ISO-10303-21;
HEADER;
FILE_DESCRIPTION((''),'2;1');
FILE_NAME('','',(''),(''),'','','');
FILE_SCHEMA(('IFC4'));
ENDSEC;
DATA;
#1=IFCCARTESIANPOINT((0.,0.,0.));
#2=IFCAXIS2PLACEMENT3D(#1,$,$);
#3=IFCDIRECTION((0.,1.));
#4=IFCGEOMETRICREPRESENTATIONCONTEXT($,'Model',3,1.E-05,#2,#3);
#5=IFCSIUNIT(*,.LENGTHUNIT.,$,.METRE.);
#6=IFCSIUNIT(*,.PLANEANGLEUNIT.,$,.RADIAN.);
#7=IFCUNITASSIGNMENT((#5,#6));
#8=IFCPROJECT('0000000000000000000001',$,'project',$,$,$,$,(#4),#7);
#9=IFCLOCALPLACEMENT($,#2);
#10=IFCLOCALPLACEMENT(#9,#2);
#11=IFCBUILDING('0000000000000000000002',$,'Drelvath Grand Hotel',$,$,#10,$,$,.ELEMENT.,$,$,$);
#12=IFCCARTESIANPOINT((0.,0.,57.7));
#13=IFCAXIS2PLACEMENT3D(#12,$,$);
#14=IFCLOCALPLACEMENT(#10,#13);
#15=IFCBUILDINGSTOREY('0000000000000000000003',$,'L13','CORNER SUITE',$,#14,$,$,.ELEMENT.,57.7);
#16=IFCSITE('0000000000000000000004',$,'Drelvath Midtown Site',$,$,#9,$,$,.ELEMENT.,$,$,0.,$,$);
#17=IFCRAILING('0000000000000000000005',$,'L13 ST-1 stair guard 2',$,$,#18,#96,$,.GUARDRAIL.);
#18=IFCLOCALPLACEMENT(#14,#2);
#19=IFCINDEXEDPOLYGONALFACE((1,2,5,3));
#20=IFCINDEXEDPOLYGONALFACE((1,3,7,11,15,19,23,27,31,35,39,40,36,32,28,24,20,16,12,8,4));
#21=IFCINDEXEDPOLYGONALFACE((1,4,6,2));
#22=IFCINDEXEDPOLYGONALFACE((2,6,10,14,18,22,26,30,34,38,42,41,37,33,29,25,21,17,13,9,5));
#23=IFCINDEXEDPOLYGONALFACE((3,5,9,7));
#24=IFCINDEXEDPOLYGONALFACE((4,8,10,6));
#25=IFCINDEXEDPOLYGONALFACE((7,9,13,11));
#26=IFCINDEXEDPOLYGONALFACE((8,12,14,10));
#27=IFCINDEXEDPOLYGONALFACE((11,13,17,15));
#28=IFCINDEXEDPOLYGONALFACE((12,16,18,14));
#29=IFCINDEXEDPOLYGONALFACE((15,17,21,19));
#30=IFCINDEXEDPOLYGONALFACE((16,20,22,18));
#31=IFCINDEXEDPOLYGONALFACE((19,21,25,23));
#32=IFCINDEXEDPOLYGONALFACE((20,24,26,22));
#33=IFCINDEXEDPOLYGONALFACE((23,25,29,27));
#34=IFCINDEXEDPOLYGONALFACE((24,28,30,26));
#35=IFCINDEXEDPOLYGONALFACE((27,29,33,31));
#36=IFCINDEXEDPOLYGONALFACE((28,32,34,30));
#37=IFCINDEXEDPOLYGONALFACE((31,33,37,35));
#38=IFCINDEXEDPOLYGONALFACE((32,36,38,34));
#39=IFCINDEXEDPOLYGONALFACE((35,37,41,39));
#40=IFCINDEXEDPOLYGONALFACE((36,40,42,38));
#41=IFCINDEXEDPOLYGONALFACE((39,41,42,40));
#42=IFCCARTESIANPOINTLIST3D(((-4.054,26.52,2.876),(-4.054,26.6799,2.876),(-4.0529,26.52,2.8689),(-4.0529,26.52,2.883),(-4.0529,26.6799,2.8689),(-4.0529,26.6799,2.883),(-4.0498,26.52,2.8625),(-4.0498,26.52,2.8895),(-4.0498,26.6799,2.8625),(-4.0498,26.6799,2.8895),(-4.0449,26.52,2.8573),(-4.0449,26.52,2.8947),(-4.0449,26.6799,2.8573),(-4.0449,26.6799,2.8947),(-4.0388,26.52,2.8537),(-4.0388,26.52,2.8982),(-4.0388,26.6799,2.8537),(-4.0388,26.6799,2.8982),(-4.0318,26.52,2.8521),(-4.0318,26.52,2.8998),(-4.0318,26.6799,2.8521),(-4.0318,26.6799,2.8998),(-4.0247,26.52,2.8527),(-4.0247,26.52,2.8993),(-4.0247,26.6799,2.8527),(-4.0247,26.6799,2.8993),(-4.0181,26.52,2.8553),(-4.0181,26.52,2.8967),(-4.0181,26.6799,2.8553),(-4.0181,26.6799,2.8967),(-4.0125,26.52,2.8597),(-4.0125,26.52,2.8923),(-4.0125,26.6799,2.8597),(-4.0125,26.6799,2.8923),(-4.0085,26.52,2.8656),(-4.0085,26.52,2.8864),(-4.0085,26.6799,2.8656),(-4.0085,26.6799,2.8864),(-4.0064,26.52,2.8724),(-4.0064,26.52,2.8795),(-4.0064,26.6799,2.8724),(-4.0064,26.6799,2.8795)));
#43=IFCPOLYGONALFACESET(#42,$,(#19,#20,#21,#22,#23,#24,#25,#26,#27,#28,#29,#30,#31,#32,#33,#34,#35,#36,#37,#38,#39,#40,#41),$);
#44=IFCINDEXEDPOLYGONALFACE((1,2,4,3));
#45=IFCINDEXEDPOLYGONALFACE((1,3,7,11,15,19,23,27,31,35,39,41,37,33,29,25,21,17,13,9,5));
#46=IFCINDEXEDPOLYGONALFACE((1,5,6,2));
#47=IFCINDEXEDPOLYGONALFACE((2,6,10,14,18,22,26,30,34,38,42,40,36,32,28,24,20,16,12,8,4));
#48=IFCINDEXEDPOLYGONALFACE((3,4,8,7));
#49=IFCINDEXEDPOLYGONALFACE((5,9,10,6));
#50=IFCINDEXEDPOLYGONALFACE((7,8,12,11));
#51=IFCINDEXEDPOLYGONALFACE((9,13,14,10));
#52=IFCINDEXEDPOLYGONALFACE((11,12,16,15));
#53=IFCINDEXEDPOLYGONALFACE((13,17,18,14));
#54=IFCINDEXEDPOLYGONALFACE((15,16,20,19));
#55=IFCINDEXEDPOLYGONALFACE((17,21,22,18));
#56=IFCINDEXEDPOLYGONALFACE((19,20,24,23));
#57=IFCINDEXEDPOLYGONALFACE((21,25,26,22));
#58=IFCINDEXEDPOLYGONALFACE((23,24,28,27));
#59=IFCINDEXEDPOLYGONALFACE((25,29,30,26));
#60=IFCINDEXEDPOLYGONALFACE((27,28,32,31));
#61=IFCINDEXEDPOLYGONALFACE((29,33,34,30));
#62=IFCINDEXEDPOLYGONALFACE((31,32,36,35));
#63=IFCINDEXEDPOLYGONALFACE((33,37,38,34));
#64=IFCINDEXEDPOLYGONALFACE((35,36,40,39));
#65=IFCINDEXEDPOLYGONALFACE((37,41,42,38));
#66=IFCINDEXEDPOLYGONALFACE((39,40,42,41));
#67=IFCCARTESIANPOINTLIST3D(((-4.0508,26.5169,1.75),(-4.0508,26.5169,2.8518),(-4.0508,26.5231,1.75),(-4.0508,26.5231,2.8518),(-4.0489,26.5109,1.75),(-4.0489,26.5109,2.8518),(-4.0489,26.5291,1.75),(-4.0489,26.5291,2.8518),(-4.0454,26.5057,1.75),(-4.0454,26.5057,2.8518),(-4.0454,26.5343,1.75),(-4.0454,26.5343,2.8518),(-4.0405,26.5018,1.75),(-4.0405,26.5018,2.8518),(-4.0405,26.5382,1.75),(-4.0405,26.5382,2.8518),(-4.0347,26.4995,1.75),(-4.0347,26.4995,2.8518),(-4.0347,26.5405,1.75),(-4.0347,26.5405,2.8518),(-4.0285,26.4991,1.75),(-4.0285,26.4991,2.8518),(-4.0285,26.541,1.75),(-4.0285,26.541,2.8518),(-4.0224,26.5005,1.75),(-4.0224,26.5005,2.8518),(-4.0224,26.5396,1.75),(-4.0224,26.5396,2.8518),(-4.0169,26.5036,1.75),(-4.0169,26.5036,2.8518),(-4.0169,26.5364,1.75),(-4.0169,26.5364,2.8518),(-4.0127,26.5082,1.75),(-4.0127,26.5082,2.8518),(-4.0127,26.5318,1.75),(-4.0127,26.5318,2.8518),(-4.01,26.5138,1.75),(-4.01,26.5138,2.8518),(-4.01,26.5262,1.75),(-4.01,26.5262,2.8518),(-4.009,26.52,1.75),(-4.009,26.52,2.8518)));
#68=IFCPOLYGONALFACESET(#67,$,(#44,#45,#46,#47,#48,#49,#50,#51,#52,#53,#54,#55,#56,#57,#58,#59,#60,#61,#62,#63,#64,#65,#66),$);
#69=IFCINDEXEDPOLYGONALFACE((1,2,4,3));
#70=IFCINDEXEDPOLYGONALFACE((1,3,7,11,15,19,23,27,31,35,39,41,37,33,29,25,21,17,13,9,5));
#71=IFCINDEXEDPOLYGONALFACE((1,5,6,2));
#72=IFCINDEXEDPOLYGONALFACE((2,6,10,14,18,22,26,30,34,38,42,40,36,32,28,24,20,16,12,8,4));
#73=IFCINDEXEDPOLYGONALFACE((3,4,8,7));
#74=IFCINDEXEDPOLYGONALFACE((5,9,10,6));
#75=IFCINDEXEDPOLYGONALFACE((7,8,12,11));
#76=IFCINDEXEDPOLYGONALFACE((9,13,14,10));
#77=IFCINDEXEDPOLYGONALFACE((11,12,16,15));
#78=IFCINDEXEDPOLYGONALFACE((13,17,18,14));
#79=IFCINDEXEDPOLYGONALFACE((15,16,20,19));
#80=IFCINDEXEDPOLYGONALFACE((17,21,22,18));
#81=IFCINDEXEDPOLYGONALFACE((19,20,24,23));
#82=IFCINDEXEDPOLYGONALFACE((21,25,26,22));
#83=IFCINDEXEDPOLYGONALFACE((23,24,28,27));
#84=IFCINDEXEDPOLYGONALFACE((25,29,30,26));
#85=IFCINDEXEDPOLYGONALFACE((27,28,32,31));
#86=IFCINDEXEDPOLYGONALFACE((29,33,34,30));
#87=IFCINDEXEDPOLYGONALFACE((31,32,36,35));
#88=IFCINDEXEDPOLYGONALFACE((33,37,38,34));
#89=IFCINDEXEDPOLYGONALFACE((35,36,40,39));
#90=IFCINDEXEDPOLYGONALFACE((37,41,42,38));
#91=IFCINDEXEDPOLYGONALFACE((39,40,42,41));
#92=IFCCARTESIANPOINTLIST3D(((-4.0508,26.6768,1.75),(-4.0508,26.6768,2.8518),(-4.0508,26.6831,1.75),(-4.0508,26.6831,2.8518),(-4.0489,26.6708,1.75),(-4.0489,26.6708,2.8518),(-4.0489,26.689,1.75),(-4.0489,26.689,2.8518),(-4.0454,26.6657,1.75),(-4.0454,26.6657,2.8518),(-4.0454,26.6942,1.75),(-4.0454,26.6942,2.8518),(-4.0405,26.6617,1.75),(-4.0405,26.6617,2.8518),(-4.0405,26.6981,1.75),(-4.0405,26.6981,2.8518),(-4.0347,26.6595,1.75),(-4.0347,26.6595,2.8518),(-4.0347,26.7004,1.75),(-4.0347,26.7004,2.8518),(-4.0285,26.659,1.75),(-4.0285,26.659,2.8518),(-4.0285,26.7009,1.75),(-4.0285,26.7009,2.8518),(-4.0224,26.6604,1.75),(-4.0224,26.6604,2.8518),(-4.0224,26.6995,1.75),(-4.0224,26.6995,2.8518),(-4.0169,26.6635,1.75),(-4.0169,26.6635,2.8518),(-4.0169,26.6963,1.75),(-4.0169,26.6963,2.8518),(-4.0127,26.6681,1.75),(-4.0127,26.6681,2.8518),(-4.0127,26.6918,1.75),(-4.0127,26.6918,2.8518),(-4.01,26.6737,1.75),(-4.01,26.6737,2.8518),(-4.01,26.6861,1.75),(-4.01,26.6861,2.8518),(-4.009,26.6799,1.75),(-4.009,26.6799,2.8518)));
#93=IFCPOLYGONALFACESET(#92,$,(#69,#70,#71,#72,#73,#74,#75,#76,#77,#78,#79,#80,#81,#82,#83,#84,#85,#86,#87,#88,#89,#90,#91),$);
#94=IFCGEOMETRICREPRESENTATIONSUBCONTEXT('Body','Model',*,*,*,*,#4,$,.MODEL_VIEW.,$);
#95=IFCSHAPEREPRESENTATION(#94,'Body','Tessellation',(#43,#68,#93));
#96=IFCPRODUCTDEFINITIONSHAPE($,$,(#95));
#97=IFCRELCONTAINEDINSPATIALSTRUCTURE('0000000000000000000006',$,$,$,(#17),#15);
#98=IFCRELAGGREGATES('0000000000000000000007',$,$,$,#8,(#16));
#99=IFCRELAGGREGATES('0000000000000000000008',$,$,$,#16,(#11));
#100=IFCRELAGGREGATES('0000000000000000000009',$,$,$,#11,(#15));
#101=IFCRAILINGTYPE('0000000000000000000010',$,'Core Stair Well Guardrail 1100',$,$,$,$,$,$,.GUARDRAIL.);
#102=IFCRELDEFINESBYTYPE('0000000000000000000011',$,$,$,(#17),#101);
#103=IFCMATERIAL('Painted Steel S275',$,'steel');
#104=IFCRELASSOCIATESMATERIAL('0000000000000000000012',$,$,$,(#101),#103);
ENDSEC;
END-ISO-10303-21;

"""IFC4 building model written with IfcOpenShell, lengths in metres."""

from ifc_helpers import new_model, si_unit, direction, frame, origin, origin_2d, place, context, subcontext, project, spatial, circle, extrude, material, type_object, element, save


model = new_model("IFC4")

# Units and contexts
model_context = context("Model", 3, precision=1e-05, world=origin(), true_north=direction((0.0, 1.0)))
body_context = subcontext(model_context, "Body", "Model", "MODEL_VIEW")
ifc_project = project(units=[si_unit("LENGTHUNIT", "METRE"), si_unit("PLANEANGLEUNIT", "RADIAN")], contexts=[model_context])

# Site, building, storey
site_placement = place(None, origin())
site = spatial("IfcSite", under=ifc_project, at=site_placement, Name="Drelvath Midtown Site", CompositionType="ELEMENT", RefElevation=0.0)
building_placement = place(site_placement, origin())
building = spatial("IfcBuilding", under=site, at=building_placement, Name="Drelvath Grand Hotel", CompositionType="ELEMENT")
storey_placement = place(building_placement, frame((0.0, 0.0, 57.7)))
storey = spatial("IfcBuildingStorey", under=building, at=storey_placement, Name="L13", Description="CORNER SUITE", CompositionType="ELEMENT", Elevation=57.7)

# Shared definitions
ifc_material_1 = material(Name="Painted Steel S275", Category="steel")

# Railing
railing_type_1 = type_object("IfcRailingType", Name="Core Stair Well Guardrail 1100", PredefinedType="GUARDRAIL", material=ifc_material_1)
railing_1_placement = place(storey_placement, frame((-4.03, 26.52, 1.75)))
element("IfcRailing", 1, at=railing_1_placement, inside=storey, type_object=railing_type_1, Name="L13 ST-1 stair guard 2", PredefinedType="GUARDRAIL", context=body_context, shape_type="SweptSolid", body=[
    extrude(circle(Radius=0.0239, at=origin_2d()), frame((0.0, 0.0, 1.126), z_axis=(0.0, 1.0, 0.0), x_axis=(-1.0, 0.0, 0.0)), (0.0, 0.0, 1.0), 0.1599),
    extrude(circle(Radius=0.021, at=origin_2d()), origin(), (0.0, 0.0, 1.0), 1.1018),
    extrude(circle(Radius=0.021, at=origin_2d()), frame((0.0, 0.1599, 0.0)), (0.0, 0.0, 1.0), 1.1018),
])

save(model, "model.ifc")
